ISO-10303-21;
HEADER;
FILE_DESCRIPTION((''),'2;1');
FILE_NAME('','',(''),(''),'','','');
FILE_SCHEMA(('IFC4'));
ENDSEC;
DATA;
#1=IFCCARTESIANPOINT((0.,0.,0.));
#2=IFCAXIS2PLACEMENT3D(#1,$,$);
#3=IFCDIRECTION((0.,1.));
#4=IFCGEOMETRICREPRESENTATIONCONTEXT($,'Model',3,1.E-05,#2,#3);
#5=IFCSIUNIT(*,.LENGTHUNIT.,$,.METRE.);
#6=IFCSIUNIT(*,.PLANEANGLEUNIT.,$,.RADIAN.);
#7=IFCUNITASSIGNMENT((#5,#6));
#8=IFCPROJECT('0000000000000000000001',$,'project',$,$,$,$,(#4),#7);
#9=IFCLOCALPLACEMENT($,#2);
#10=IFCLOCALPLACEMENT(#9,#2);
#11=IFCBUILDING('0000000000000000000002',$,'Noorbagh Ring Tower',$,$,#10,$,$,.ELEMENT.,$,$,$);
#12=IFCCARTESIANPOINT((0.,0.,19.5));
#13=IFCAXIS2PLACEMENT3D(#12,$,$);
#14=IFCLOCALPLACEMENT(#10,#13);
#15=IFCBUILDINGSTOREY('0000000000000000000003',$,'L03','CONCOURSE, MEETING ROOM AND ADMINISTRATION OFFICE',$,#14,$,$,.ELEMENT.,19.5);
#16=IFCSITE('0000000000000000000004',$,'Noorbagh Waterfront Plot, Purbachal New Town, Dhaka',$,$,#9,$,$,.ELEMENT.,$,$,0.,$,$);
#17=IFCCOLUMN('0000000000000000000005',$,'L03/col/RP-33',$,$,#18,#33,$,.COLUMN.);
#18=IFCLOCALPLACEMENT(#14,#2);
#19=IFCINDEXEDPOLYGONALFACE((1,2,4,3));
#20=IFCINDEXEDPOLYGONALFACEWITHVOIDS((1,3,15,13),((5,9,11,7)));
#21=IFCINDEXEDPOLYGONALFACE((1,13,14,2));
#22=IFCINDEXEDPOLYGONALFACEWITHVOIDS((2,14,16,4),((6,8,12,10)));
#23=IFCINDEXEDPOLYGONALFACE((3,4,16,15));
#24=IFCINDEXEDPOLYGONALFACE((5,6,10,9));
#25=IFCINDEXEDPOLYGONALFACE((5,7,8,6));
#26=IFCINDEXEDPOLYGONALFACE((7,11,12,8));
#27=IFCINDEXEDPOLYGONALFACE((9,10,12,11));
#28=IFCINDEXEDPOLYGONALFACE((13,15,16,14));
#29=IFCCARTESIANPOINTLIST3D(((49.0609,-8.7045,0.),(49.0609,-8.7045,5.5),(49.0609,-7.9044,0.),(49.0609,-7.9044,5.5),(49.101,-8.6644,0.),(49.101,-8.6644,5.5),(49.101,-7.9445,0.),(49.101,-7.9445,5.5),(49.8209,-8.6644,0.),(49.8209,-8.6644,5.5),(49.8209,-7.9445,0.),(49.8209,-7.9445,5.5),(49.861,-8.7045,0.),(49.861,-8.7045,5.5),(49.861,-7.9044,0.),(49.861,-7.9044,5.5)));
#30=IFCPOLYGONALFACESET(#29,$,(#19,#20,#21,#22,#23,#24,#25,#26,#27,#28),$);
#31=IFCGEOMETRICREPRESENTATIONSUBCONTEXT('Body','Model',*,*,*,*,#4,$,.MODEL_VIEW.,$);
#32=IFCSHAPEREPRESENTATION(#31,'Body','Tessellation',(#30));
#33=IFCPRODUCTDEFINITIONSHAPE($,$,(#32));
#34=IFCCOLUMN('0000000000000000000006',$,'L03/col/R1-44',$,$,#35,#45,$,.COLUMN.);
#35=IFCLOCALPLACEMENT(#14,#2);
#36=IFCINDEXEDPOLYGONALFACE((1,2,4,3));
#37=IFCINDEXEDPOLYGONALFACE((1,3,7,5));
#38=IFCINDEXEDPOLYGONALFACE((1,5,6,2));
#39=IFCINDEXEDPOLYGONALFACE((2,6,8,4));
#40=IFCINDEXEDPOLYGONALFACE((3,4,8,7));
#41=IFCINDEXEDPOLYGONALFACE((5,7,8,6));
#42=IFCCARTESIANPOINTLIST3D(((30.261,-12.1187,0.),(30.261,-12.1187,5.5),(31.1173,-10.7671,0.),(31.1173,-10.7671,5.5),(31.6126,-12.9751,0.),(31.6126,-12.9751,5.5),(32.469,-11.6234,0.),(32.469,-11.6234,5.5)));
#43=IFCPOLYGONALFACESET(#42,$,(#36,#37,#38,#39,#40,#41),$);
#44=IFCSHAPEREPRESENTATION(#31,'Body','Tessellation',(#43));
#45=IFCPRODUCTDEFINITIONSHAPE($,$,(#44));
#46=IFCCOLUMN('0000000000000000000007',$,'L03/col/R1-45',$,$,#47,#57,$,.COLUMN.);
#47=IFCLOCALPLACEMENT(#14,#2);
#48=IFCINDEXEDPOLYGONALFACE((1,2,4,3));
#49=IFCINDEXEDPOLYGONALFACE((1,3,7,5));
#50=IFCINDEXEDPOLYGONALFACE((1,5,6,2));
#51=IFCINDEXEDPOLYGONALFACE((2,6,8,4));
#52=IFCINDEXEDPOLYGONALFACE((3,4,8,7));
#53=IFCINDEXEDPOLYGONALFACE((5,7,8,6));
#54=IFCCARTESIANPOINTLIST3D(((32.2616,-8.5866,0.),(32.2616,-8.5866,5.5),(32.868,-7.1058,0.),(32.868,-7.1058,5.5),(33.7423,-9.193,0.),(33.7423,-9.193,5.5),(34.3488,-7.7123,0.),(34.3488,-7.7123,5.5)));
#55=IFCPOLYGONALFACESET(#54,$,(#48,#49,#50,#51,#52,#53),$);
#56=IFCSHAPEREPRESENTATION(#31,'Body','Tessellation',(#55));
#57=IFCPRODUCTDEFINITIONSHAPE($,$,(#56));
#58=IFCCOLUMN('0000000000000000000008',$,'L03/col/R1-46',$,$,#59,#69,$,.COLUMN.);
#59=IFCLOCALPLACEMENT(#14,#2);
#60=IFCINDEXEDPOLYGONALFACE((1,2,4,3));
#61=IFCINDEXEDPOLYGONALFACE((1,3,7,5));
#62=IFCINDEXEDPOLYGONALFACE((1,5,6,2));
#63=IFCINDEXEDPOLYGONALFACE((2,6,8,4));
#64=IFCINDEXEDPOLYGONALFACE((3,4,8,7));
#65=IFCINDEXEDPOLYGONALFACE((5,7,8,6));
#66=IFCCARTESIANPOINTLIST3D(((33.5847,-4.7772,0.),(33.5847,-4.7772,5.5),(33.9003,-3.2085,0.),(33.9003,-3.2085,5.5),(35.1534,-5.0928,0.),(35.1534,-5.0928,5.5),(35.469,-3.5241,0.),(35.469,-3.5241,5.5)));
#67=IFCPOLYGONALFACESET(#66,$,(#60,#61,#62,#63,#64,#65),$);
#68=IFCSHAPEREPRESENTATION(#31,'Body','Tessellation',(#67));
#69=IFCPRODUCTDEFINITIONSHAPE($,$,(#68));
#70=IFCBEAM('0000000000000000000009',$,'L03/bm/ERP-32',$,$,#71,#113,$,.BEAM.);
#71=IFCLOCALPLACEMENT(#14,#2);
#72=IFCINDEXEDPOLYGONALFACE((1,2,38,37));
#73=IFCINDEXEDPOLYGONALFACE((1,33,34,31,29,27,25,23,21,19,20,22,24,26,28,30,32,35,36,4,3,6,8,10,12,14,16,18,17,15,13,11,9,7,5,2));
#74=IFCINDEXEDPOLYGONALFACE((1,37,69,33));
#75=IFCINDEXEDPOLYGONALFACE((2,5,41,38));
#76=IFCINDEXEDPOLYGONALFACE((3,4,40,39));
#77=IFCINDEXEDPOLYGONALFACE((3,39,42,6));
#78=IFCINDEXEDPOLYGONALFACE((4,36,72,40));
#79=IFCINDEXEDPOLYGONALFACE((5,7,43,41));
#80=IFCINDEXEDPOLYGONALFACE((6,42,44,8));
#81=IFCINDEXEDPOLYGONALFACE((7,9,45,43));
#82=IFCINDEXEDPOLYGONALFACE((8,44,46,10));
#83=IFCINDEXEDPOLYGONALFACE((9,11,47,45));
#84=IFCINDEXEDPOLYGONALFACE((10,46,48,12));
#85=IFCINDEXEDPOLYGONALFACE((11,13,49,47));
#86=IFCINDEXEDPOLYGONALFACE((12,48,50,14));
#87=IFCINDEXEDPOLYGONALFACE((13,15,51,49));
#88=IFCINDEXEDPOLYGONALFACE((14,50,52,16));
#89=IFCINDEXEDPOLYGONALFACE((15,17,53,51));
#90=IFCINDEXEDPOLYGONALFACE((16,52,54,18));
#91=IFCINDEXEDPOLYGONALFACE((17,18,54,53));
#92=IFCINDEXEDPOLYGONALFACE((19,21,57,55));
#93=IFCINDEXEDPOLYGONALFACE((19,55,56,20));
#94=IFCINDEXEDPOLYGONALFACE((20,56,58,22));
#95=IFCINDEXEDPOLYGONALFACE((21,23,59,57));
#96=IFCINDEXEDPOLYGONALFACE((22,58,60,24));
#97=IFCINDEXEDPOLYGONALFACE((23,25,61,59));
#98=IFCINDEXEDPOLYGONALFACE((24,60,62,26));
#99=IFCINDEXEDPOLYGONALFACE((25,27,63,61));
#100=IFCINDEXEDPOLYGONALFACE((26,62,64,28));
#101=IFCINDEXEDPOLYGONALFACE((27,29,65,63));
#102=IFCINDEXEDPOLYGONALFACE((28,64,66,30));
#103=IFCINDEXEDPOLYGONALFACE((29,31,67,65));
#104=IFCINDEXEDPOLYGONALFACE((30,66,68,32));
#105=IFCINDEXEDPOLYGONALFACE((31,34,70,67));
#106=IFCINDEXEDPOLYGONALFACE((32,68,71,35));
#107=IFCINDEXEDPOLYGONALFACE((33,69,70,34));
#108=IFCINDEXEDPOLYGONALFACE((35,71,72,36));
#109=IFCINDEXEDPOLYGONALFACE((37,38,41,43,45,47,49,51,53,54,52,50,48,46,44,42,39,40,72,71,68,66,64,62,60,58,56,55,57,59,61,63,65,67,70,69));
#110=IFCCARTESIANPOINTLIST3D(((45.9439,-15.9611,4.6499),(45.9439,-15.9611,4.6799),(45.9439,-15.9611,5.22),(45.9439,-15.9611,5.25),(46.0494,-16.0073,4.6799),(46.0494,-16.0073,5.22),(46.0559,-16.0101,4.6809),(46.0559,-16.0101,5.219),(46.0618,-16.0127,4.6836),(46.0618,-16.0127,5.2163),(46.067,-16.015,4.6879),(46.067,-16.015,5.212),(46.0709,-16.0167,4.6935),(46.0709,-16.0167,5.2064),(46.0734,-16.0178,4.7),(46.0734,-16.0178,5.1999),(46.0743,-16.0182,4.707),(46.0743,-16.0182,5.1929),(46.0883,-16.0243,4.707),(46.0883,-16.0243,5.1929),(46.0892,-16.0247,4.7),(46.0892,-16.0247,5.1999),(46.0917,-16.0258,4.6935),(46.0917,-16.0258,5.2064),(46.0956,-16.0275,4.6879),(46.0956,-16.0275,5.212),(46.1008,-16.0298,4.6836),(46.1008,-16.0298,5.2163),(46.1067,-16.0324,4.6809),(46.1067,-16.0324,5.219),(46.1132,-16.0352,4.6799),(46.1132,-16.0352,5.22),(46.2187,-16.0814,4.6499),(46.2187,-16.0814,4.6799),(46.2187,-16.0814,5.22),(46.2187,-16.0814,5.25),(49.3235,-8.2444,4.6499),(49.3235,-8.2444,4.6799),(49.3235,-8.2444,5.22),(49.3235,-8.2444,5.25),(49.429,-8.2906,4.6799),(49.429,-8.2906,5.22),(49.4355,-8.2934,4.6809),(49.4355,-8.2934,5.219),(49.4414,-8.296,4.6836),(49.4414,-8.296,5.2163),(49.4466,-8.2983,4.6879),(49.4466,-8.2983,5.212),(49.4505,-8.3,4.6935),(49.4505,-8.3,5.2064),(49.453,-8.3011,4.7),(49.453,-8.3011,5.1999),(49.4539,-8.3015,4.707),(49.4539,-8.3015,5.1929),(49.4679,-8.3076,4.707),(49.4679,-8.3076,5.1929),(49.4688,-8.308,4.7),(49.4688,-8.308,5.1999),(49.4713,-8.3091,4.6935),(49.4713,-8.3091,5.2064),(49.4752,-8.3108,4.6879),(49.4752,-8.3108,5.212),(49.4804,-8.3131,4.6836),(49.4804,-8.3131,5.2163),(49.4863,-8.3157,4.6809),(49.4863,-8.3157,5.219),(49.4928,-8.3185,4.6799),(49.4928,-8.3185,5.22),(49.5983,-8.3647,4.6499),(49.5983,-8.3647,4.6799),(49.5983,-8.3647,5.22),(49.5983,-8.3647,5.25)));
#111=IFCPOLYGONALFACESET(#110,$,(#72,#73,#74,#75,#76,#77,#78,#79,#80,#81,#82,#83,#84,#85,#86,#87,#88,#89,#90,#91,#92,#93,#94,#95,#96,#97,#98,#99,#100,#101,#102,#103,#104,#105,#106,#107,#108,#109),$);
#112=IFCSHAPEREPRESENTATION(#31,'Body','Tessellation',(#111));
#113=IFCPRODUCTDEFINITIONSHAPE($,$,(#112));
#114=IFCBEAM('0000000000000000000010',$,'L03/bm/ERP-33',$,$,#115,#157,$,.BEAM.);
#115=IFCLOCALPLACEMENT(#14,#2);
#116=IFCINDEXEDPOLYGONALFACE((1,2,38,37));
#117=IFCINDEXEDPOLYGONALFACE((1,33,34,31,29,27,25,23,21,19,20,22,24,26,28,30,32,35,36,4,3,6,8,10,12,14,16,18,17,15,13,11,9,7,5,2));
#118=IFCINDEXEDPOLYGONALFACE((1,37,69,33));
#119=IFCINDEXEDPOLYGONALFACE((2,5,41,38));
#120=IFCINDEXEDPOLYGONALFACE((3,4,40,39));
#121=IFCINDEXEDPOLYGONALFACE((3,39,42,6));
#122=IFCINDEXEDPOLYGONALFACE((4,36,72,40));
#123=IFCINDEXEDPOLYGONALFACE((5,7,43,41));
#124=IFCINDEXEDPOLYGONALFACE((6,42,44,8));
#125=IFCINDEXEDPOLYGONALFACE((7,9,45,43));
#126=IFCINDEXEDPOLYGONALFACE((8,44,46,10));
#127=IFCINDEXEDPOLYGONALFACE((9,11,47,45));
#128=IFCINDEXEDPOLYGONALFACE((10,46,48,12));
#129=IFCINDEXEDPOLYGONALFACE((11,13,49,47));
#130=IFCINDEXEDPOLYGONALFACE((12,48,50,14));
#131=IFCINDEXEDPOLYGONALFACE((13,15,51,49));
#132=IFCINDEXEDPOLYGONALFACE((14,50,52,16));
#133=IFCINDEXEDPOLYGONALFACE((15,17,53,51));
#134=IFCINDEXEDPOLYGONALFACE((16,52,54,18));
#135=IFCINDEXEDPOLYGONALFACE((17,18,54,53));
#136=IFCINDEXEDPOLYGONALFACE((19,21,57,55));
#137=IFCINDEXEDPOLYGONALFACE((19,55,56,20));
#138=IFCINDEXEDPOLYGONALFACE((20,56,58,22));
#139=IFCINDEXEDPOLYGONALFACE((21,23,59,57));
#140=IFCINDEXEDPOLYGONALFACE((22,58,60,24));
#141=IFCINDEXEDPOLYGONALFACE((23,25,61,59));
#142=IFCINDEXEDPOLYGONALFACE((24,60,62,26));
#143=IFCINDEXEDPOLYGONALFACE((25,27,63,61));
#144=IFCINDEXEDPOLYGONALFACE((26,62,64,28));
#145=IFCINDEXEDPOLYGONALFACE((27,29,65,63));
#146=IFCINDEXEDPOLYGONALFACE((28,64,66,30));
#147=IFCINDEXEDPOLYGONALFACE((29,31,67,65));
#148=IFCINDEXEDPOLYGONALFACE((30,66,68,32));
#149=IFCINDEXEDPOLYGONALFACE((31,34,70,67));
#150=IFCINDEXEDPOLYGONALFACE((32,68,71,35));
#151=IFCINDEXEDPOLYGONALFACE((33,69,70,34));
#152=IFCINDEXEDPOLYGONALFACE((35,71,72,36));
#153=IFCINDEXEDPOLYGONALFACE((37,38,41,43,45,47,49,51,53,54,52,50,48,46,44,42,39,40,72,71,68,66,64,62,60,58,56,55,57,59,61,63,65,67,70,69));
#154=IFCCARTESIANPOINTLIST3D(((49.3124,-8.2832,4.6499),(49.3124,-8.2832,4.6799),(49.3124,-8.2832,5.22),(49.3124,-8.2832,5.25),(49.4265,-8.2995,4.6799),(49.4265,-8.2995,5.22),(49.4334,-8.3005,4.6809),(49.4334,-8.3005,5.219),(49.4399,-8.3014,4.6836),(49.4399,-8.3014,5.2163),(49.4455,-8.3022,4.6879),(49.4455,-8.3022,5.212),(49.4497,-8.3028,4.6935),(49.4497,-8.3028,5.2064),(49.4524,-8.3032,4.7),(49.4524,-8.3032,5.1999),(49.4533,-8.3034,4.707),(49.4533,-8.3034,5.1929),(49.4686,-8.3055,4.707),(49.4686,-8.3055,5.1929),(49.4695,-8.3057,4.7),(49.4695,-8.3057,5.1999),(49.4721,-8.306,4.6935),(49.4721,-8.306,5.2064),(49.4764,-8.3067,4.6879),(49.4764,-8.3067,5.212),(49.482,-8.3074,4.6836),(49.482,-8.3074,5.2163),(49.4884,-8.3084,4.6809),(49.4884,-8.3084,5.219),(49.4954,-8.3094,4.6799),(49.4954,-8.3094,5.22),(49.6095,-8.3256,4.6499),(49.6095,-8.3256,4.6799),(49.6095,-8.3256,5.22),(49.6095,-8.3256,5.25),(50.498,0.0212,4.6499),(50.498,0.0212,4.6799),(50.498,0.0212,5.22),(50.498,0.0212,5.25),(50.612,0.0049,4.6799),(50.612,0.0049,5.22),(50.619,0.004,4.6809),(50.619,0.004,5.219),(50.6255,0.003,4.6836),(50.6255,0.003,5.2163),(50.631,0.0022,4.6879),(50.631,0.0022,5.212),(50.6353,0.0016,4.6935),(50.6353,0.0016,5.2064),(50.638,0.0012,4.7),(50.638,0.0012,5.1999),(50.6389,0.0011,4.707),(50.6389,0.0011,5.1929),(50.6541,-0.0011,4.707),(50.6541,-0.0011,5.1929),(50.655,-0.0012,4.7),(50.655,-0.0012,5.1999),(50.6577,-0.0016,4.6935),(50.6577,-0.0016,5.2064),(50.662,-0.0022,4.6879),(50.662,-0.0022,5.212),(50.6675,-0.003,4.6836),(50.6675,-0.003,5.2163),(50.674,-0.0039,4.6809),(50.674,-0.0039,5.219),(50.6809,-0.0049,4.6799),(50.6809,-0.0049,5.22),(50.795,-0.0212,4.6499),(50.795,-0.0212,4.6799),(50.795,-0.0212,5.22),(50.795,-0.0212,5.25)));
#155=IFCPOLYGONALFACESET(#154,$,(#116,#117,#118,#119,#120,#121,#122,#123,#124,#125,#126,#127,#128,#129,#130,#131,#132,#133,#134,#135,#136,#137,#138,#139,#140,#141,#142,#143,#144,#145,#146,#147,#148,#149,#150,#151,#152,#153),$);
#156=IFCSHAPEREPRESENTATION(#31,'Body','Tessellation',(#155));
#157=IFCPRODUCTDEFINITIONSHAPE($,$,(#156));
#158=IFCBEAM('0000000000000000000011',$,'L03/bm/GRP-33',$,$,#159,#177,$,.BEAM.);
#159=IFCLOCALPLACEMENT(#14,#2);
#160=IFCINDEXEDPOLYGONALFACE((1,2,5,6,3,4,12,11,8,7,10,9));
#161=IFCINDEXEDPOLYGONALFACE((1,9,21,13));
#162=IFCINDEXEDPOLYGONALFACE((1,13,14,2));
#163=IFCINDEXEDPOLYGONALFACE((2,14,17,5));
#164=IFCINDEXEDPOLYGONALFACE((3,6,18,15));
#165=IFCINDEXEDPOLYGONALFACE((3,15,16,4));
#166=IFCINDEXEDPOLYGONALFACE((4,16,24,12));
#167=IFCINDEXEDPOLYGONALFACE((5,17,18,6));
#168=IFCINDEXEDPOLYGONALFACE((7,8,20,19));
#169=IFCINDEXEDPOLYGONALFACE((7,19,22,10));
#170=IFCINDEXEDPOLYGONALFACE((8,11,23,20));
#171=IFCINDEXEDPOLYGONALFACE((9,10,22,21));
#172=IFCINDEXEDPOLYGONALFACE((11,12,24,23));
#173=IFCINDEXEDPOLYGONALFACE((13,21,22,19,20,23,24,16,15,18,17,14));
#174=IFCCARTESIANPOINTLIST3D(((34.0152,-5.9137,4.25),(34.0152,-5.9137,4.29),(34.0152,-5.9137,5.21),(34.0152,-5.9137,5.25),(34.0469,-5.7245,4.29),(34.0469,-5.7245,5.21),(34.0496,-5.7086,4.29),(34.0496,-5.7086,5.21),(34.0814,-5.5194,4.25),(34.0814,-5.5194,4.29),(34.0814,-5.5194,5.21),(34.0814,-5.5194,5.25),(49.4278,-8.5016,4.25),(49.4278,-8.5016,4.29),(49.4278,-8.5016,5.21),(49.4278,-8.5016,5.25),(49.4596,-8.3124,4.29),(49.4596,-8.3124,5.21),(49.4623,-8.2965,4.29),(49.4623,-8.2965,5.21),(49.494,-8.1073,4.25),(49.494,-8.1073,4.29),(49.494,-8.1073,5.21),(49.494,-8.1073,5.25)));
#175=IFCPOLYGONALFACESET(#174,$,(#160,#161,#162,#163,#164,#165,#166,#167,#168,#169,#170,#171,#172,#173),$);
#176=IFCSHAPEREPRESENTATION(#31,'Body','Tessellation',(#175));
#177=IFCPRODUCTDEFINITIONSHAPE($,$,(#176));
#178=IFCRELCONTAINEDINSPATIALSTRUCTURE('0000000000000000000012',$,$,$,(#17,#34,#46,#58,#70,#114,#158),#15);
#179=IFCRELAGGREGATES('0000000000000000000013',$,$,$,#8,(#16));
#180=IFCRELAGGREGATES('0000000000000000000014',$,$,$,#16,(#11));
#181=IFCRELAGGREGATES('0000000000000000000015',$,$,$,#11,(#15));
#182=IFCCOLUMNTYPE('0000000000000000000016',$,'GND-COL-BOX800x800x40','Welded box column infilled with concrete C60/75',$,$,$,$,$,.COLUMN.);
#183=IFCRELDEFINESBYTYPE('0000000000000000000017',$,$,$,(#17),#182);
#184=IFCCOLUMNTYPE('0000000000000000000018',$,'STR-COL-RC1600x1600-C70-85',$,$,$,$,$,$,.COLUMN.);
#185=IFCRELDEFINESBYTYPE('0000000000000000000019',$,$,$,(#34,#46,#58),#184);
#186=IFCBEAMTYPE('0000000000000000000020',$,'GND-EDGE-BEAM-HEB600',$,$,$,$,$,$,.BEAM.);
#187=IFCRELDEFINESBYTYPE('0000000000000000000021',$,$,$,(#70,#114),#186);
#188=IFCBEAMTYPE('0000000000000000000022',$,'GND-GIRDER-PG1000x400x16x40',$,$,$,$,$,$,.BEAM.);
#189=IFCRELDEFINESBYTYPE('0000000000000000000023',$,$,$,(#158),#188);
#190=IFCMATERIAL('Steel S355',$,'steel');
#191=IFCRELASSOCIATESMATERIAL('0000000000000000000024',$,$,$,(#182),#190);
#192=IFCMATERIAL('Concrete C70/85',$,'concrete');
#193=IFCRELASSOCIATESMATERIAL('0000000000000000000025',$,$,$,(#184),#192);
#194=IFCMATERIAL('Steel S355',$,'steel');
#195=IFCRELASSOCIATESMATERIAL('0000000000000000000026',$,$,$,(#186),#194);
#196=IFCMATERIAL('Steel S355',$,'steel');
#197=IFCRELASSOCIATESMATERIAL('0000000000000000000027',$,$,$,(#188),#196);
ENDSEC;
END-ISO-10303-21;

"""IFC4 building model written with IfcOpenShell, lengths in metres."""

from ifc_helpers import new_model, si_unit, direction, frame, origin, origin_2d, place, context, subcontext, project, spatial, rectangle, hollow_rectangle, i_section, extrude, material, material_profile, profile_set, type_object, element, save


model = new_model("IFC4")

# Units and contexts
model_context = context("Model", 3, precision=1e-05, world=origin(), true_north=direction((0.0, 1.0)))
body_context = subcontext(model_context, "Body", "Model", "MODEL_VIEW")
ifc_project = project(units=[si_unit("LENGTHUNIT", "METRE"), si_unit("PLANEANGLEUNIT", "RADIAN")], contexts=[model_context])

# Site, building, storey
site_placement = place(None, origin())
site = spatial("IfcSite", under=ifc_project, at=site_placement, Name="Noorbagh Waterfront Plot, Purbachal New Town, Dhaka", CompositionType="ELEMENT", RefElevation=0.0)
building_placement = place(site_placement, origin())
building = spatial("IfcBuilding", under=site, at=building_placement, Name="Noorbagh Ring Tower", CompositionType="ELEMENT")
storey_placement = place(building_placement, frame((0.0, 0.0, 19.5)))
storey = spatial("IfcBuildingStorey", under=building, at=storey_placement, Name="L03", Description="CONCOURSE, MEETING ROOM AND ADMINISTRATION OFFICE", CompositionType="ELEMENT", Elevation=19.5)

# Columns
ifc_material_1 = material(Name="Steel S355", Category="steel")
ifc_material_profile_1 = material_profile(ifc_material_1, hollow_rectangle(XDim=0.8, YDim=0.8, WallThickness=0.04, at=origin_2d()), Name="BOX800x800x40")
ifc_profile_set_1 = profile_set([ifc_material_profile_1], Name="Steel S355")
column_type_1 = type_object("IfcColumnType", Name="GND-COL-BOX800x800x40", Description="Welded box column infilled with concrete C60/75", PredefinedType="COLUMN", material=ifc_profile_set_1)
column_placement = place(storey_placement, frame((49.4609, -8.3044, 0.0), z_axis=(0.0, 0.0, 1.0), x_axis=(1.0, 0.0, 0.0)))
element("IfcColumn", 1, at=column_placement, inside=storey, type_object=column_type_1, Name="L03/col/RP-33", PredefinedType="COLUMN", context=body_context, shape_type="SweptSolid", body=[
    extrude(hollow_rectangle(XDim=0.8, YDim=0.8, WallThickness=0.04, at=origin_2d()), origin(), (0.0, 0.0, 1.0), 5.5),
])
ifc_material_2 = material(Name="Concrete C70/85", Category="concrete")
ifc_material_profile_2 = material_profile(ifc_material_2, rectangle(XDim=1.6001, YDim=1.6001, at=origin_2d()), Name="RC1600x1600")
ifc_profile_set_2 = profile_set([ifc_material_profile_2], Name="Concrete C70/85")
column_type_2 = type_object("IfcColumnType", Name="STR-COL-RC1600x1600-C70-85", PredefinedType="COLUMN", material=ifc_profile_set_2)
for number, where, z_axis, x_axis, name in (
    (2, (31.365, -11.8711, 0.0), (0.0, 0.0, 1.0), (0.53519, 0.844731, 0.0), "L03/col/R1-44"),
    (3, (33.3052, -8.1494, 0.0), (0.0, 0.0, 1.0), (0.378989, 0.925401, 0.0), "L03/col/R1-45"),
    (4, (34.5269, -4.1506, 0.0), (0.0, 0.0, 1.0), (0.19723, 0.980357, 0.0), "L03/col/R1-46"),
):
    element("IfcColumn", number, at=place(storey_placement, frame(where, z_axis=z_axis, x_axis=x_axis)), inside=storey, type_object=column_type_2, Name=name, PredefinedType="COLUMN", context=body_context, shape_type="SweptSolid", body=[
        extrude(rectangle(XDim=1.6001, YDim=1.6001, at=origin_2d()), origin(), (0.0, 0.0, 1.0), 5.5),
    ])

# Beams
ifc_material_3 = material(Name="Steel S355", Category="steel")
ifc_material_profile_3 = material_profile(ifc_material_3, i_section(OverallWidth=0.3, OverallDepth=0.6001, WebThickness=0.0154, FlangeThickness=0.03, FilletRadius=0.0271, at=origin_2d()), Name="HEB600")
ifc_profile_set_3 = profile_set([ifc_material_profile_3], Name="Steel S355")
beam_type_1 = type_object("IfcBeamType", Name="GND-EDGE-BEAM-HEB600", PredefinedType="BEAM", material=ifc_profile_set_3)
beam_1_placement = place(storey_placement, frame((46.0813, -16.0212, 4.95), z_axis=(0.401172, 0.916003, 0.0), x_axis=(-0.916003, 0.401172, 0.0)))
element("IfcBeam", 5, at=beam_1_placement, inside=storey, type_object=beam_type_1, Name="L03/bm/ERP-32", PredefinedType="BEAM", context=body_context, shape_type="SweptSolid", body=[
    extrude(i_section(OverallWidth=0.3, OverallDepth=0.6001, WebThickness=0.0154, FlangeThickness=0.03, FilletRadius=0.0271, at=origin_2d()), origin(), (0.0, 0.0, 1.0), 8.4243),
])
beam_2_placement = place(storey_placement, frame((49.4609, -8.3044, 4.95), z_axis=(0.141328, 0.989963, 0.0), x_axis=(-0.989963, 0.141328, 0.0)))
element("IfcBeam", 6, at=beam_2_placement, inside=storey, type_object=beam_type_1, Name="L03/bm/ERP-33", PredefinedType="BEAM", context=body_context, shape_type="SweptSolid", body=[
    extrude(i_section(OverallWidth=0.3, OverallDepth=0.6001, WebThickness=0.0154, FlangeThickness=0.03, FilletRadius=0.0271, at=origin_2d()), origin(), (0.0, 0.0, 1.0), 8.3887),
])
ifc_material_4 = material(Name="Steel S355", Category="steel")
ifc_material_profile_4 = material_profile(ifc_material_4, i_section(OverallWidth=0.3999, OverallDepth=1.0, WebThickness=0.0161, FlangeThickness=0.04, at=origin_2d()), Name="PG1000x400x16x40")
ifc_profile_set_4 = profile_set([ifc_material_profile_4], Name="Steel S355")
beam_type_2 = type_object("IfcBeamType", Name="GND-GIRDER-PG1000x400x16x40", PredefinedType="BEAM", material=ifc_profile_set_4)
beam_3_placement = place(storey_placement, frame((49.4609, -8.3044, 4.75), z_axis=(-0.986195, 0.165589, 0.0), x_axis=(-0.165589, -0.986195, 0.0)))
element("IfcBeam", 7, at=beam_3_placement, inside=storey, type_object=beam_type_2, Name="L03/bm/GRP-33", PredefinedType="BEAM", context=body_context, shape_type="SweptSolid", body=[
    extrude(i_section(OverallWidth=0.3999, OverallDepth=1.0, WebThickness=0.0161, FlangeThickness=0.04, at=origin_2d()), origin(), (0.0, 0.0, 1.0), 15.6284),
])

save(model, "model.ifc")
